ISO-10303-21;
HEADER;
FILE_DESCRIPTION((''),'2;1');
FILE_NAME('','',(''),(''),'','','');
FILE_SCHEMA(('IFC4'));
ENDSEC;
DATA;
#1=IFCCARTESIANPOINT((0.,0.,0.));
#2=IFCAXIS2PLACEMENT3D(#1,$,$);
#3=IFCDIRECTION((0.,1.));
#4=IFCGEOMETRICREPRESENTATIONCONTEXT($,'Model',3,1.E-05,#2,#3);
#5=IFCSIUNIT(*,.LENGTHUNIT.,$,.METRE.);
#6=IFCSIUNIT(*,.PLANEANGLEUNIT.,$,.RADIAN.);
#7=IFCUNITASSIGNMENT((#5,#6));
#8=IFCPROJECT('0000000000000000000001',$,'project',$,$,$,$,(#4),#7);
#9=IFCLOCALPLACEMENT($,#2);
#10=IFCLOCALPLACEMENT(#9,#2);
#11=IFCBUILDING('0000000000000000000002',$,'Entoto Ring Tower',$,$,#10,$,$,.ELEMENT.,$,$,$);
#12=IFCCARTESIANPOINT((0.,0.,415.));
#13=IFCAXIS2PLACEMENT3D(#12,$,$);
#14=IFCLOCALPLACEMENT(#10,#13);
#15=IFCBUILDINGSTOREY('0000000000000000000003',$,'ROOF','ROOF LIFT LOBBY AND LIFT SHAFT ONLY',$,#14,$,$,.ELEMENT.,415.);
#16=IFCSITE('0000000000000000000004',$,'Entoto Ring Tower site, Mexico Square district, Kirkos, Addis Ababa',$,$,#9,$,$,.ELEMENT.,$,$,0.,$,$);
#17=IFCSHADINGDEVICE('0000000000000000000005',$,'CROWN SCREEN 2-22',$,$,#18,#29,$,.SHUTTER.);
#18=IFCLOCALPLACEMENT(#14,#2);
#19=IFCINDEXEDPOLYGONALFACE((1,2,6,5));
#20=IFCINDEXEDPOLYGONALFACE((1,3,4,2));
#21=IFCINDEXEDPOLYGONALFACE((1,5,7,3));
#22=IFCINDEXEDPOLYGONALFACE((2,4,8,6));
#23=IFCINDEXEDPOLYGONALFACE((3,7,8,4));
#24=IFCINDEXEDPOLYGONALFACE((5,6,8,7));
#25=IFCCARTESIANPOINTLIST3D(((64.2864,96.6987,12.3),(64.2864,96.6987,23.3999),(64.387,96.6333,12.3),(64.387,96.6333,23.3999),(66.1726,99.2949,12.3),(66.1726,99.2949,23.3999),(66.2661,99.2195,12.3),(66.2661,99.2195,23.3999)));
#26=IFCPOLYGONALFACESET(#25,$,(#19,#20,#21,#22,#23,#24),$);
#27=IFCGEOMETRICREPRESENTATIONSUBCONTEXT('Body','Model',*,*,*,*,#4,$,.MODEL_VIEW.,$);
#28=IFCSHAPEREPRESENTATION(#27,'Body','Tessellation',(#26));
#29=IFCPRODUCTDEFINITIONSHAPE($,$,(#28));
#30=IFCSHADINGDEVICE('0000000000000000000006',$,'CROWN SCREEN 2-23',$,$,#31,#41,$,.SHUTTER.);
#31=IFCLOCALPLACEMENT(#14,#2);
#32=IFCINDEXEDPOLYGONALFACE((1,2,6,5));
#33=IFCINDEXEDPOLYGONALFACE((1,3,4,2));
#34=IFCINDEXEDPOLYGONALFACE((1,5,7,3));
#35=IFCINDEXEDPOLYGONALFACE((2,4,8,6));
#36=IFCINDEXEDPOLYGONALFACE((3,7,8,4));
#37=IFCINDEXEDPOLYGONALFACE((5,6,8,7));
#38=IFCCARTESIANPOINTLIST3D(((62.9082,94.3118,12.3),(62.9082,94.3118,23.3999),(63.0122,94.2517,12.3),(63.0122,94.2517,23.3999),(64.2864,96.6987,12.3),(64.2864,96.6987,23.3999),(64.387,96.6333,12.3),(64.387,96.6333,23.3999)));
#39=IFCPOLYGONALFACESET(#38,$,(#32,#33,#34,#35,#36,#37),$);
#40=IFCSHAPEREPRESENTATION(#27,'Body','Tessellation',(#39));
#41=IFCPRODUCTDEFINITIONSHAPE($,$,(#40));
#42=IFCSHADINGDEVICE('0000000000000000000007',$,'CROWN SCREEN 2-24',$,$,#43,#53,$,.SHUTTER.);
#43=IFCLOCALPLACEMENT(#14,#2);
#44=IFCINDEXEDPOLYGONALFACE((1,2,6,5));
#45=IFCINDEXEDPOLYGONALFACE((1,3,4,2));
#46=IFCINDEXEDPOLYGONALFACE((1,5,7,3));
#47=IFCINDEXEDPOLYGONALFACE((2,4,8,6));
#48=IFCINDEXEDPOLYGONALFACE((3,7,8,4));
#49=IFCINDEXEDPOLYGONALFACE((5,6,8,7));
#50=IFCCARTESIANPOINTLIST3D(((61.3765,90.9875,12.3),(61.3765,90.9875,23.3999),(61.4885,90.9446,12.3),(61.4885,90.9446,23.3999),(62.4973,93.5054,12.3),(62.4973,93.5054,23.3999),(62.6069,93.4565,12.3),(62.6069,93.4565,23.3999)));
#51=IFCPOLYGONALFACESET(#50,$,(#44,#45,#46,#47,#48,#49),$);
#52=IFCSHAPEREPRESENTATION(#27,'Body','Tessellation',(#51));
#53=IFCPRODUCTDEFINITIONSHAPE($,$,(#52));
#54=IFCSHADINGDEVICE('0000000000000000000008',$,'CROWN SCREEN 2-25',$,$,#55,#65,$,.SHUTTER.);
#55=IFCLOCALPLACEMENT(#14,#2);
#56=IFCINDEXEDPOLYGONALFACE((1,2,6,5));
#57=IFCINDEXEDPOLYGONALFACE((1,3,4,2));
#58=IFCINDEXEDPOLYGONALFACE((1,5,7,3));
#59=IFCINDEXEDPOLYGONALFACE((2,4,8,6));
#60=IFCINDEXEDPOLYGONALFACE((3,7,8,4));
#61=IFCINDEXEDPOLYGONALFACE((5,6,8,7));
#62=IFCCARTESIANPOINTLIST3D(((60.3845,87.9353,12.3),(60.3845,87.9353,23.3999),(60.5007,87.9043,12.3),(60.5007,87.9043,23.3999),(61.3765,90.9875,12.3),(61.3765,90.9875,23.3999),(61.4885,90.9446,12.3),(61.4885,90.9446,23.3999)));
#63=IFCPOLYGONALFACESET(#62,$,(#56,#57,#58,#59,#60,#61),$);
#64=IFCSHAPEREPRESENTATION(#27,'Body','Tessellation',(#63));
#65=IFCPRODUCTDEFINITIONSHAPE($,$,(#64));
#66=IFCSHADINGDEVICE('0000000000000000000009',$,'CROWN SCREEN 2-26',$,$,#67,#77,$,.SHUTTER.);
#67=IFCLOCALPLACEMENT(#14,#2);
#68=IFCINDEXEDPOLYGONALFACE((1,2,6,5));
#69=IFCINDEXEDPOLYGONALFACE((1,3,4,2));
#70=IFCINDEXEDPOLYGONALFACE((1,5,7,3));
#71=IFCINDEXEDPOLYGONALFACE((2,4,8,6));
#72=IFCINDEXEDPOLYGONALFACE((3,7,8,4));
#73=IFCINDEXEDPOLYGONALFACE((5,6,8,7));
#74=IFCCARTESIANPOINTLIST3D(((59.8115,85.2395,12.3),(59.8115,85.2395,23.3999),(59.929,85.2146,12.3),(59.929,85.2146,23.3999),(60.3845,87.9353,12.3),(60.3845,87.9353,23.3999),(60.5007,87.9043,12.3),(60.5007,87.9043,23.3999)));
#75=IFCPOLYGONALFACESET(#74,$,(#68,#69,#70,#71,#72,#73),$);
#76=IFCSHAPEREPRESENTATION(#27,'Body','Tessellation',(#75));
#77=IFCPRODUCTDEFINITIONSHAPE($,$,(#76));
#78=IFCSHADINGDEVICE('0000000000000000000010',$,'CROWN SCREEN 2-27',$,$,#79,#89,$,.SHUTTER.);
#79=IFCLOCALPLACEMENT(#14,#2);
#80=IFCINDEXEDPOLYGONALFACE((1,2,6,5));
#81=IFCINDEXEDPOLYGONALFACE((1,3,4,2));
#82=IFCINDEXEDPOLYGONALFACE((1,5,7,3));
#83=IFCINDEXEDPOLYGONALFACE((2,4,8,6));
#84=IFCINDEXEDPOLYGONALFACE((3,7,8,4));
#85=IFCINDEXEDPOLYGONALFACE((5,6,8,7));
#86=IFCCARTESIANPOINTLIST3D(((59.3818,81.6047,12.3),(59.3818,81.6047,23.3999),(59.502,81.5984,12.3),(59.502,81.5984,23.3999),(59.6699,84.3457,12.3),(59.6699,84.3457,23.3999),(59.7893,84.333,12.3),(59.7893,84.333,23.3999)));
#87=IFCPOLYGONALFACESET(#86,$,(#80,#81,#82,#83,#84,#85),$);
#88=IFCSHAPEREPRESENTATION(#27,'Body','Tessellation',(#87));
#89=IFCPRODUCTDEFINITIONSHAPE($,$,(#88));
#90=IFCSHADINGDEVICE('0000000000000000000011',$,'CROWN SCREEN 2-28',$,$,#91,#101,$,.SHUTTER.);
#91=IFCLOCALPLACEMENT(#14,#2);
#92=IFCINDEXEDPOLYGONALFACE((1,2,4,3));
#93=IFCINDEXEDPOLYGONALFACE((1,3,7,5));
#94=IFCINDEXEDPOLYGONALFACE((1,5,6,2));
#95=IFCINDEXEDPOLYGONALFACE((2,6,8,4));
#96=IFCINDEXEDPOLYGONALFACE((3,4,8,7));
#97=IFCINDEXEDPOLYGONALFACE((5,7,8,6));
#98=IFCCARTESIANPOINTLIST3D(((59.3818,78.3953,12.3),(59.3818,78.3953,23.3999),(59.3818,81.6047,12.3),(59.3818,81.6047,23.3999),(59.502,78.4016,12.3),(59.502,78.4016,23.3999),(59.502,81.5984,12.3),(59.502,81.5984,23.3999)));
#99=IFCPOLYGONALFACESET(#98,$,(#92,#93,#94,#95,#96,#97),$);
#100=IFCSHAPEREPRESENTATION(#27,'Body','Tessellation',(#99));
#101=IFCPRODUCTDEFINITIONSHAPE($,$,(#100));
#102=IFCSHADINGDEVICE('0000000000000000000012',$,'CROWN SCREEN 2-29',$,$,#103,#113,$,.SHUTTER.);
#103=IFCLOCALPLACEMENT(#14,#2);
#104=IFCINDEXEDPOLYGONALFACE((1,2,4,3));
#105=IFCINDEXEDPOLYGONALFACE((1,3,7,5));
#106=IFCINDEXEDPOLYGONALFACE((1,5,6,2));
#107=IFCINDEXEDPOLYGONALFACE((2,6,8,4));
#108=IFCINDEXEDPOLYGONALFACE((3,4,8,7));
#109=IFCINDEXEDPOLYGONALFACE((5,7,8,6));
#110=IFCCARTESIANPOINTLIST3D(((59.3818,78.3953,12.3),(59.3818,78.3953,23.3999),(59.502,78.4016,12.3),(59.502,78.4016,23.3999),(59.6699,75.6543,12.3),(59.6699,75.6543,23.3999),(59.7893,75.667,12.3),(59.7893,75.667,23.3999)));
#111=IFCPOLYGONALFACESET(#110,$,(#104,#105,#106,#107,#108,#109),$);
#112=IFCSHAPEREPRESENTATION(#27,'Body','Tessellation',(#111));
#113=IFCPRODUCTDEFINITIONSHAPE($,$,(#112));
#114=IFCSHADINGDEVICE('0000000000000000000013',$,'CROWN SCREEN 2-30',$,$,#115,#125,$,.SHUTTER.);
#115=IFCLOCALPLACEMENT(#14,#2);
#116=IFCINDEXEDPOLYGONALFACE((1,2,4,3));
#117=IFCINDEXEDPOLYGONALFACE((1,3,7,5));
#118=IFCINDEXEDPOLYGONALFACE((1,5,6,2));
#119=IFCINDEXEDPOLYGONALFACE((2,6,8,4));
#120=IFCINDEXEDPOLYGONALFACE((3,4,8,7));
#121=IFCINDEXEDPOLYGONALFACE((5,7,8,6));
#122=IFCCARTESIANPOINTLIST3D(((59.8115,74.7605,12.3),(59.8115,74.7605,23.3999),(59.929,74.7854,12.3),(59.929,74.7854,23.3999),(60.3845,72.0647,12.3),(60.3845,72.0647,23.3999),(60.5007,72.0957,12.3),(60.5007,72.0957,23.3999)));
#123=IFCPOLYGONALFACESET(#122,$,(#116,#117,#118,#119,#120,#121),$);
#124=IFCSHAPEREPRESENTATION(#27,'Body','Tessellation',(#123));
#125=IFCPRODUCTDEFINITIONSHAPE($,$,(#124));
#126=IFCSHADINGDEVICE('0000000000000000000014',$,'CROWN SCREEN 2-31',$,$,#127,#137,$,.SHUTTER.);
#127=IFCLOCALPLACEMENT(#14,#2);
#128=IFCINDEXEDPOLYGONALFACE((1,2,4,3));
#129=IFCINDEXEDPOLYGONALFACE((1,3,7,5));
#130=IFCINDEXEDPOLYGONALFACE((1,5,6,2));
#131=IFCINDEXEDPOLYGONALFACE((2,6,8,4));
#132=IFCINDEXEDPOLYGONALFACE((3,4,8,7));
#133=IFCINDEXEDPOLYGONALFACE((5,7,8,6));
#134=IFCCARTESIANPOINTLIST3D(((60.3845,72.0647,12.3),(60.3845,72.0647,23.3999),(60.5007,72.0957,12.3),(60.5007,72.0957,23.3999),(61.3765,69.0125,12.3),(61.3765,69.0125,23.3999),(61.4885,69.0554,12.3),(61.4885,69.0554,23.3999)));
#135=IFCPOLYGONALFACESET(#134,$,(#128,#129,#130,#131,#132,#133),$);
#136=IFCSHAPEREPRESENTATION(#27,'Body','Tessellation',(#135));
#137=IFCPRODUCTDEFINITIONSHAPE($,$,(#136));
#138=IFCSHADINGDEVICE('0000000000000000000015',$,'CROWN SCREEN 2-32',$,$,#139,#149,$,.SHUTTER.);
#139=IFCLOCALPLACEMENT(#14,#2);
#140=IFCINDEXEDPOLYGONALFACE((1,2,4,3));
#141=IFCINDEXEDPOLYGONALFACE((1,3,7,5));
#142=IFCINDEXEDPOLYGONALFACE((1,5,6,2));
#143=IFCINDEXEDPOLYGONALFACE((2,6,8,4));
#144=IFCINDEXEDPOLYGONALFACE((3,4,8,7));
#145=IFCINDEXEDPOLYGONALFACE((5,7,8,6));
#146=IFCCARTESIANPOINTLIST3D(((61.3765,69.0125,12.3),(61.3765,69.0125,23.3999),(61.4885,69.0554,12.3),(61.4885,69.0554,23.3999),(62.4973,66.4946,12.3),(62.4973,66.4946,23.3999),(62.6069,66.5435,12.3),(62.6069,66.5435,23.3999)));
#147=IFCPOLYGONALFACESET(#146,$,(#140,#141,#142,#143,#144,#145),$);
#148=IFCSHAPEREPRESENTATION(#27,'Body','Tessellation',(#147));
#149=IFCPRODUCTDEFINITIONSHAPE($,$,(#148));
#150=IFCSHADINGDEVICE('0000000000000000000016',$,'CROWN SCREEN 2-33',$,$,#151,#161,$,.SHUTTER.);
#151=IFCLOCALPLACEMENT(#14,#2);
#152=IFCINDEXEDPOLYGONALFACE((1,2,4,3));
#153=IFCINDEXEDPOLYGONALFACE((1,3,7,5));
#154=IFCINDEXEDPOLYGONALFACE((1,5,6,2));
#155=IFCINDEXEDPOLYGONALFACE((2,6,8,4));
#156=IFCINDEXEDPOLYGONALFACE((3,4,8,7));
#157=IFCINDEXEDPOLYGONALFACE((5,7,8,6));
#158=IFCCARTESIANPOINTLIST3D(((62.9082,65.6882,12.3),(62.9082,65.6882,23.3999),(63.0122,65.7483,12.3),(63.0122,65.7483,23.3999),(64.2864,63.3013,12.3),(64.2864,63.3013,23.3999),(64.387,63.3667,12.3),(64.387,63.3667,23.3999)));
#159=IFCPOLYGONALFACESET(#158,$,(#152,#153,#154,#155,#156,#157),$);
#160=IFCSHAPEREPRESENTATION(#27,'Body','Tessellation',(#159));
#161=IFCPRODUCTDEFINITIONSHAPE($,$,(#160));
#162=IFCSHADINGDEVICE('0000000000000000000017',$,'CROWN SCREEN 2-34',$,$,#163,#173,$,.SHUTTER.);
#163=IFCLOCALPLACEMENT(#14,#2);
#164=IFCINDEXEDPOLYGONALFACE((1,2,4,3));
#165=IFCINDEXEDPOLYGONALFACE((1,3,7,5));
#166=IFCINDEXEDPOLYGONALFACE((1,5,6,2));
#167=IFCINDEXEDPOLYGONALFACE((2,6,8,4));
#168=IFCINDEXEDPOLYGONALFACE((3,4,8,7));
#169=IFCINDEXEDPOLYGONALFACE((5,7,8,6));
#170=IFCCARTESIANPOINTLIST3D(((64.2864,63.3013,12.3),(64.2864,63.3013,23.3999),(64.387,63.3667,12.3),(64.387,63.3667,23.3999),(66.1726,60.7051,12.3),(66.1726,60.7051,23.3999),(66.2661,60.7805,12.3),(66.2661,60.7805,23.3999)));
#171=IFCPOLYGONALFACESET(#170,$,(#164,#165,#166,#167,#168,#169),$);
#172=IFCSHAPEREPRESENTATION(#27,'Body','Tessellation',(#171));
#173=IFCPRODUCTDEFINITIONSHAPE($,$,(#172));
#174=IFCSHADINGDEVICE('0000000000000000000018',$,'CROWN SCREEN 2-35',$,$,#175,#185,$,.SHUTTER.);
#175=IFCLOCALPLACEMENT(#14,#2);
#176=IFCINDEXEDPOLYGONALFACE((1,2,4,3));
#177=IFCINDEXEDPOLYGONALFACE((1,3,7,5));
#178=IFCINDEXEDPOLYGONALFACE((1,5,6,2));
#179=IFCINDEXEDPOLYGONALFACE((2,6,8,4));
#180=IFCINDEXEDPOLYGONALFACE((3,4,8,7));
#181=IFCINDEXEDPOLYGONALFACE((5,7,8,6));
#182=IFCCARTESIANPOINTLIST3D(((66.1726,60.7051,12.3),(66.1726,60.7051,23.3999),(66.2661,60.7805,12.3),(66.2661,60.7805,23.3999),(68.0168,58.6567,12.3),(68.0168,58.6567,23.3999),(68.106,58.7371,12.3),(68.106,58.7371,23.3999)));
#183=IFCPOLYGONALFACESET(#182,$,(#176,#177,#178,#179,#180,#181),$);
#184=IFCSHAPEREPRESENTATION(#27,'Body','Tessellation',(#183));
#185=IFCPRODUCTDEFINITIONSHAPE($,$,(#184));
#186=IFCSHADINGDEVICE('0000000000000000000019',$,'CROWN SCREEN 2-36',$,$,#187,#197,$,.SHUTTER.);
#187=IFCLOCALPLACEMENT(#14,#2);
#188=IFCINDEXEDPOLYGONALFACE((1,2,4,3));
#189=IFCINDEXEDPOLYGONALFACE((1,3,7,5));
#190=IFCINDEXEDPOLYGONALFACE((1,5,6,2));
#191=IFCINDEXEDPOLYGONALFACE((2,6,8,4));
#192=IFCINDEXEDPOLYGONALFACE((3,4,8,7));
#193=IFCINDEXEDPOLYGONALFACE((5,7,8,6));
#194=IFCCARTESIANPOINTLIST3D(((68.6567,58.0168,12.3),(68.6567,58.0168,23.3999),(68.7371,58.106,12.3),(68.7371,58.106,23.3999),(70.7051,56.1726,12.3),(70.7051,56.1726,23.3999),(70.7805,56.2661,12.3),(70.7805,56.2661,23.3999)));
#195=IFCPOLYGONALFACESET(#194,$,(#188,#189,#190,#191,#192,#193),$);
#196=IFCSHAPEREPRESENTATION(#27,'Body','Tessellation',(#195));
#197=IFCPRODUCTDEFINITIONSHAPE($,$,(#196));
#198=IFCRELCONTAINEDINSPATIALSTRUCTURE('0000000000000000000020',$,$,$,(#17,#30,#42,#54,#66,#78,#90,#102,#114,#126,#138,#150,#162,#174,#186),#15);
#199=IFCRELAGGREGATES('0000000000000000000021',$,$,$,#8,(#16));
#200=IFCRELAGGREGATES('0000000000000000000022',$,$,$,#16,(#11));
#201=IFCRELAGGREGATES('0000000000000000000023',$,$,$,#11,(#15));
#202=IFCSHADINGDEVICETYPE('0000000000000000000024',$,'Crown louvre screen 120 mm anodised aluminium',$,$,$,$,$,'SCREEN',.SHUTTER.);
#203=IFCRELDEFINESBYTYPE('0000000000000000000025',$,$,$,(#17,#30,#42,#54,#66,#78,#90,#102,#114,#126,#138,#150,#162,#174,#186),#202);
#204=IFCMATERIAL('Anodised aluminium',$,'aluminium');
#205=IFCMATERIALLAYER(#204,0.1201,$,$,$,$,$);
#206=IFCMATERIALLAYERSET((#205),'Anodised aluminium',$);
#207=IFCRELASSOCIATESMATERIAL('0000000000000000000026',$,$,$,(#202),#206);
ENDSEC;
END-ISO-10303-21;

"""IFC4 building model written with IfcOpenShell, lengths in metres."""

from ifc_helpers import new_model, si_unit, direction, frame, origin, place, context, subcontext, project, spatial, polyline, outline, extrude, material, layer, layer_set, type_object, element, save


model = new_model("IFC4")

# Units and contexts
model_context = context("Model", 3, precision=1e-05, world=origin(), true_north=direction((0.0, 1.0)))
body_context = subcontext(model_context, "Body", "Model", "MODEL_VIEW")
ifc_project = project(units=[si_unit("LENGTHUNIT", "METRE"), si_unit("PLANEANGLEUNIT", "RADIAN")], contexts=[model_context])

# Site, building, storey
site_placement = place(None, origin())
site = spatial("IfcSite", under=ifc_project, at=site_placement, Name="Entoto Ring Tower site, Mexico Square district, Kirkos, Addis Ababa", CompositionType="ELEMENT", RefElevation=0.0)
building_placement = place(site_placement, origin())
building = spatial("IfcBuilding", under=site, at=building_placement, Name="Entoto Ring Tower", CompositionType="ELEMENT")
storey_placement = place(building_placement, frame((0.0, 0.0, 415.0)))
storey = spatial("IfcBuildingStorey", under=building, at=storey_placement, Name="ROOF", Description="ROOF LIFT LOBBY AND LIFT SHAFT ONLY", CompositionType="ELEMENT", Elevation=415.0)

# Shading devices
ifc_material = material(Name="Anodised aluminium", Category="aluminium")
ifc_layer = layer(ifc_material, 0.1201)
ifc_layer_set = layer_set([ifc_layer], Name="Anodised aluminium")
shading_device_type = type_object("IfcShadingDeviceType", Name="Crown louvre screen 120 mm anodised aluminium", ElementType="SCREEN", PredefinedType="SHUTTER", material=ifc_layer_set)
shading_device_1_placement = place(storey_placement, frame((0.0, 0.0, 12.3)))
element("IfcShadingDevice", 1, at=shading_device_1_placement, inside=storey, type_object=shading_device_type, Name="CROWN SCREEN 2-22", PredefinedType="SHUTTER", context=body_context, shape_type="SweptSolid", body=[
    extrude(outline(polyline([(66.2661, 99.2195), (66.1726, 99.2949), (64.2864, 96.6987), (64.387, 96.6333), (66.2661, 99.2195)])), origin(), (0.0, 0.0, 1.0), 11.0999),
])
shading_device_2_placement = place(storey_placement, frame((0.0, 0.0, 12.3)))
element("IfcShadingDevice", 2, at=shading_device_2_placement, inside=storey, type_object=shading_device_type, Name="CROWN SCREEN 2-23", PredefinedType="SHUTTER", context=body_context, shape_type="SweptSolid", body=[
    extrude(outline(polyline([(64.387, 96.6333), (64.2864, 96.6987), (62.9082, 94.3118), (63.0122, 94.2517), (64.387, 96.6333)])), origin(), (0.0, 0.0, 1.0), 11.0999),
])
shading_device_3_placement = place(storey_placement, frame((0.0, 0.0, 12.3)))
element("IfcShadingDevice", 3, at=shading_device_3_placement, inside=storey, type_object=shading_device_type, Name="CROWN SCREEN 2-24", PredefinedType="SHUTTER", context=body_context, shape_type="SweptSolid", body=[
    extrude(outline(polyline([(62.6069, 93.4565), (62.4973, 93.5054), (61.3765, 90.9875), (61.4885, 90.9446), (62.6069, 93.4565)])), origin(), (0.0, 0.0, 1.0), 11.0999),
])
shading_device_4_placement = place(storey_placement, frame((0.0, 0.0, 12.3)))
element("IfcShadingDevice", 4, at=shading_device_4_placement, inside=storey, type_object=shading_device_type, Name="CROWN SCREEN 2-25", PredefinedType="SHUTTER", context=body_context, shape_type="SweptSolid", body=[
    extrude(outline(polyline([(61.4885, 90.9446), (61.3765, 90.9875), (60.3845, 87.9353), (60.5007, 87.9043), (61.4885, 90.9446)])), origin(), (0.0, 0.0, 1.0), 11.0999),
])
shading_device_5_placement = place(storey_placement, frame((0.0, 0.0, 12.3)))
element("IfcShadingDevice", 5, at=shading_device_5_placement, inside=storey, type_object=shading_device_type, Name="CROWN SCREEN 2-26", PredefinedType="SHUTTER", context=body_context, shape_type="SweptSolid", body=[
    extrude(outline(polyline([(60.5007, 87.9043), (60.3845, 87.9353), (59.8115, 85.2395), (59.929, 85.2146), (60.5007, 87.9043)])), origin(), (0.0, 0.0, 1.0), 11.0999),
])
shading_device_6_placement = place(storey_placement, frame((0.0, 0.0, 12.3)))
element("IfcShadingDevice", 6, at=shading_device_6_placement, inside=storey, type_object=shading_device_type, Name="CROWN SCREEN 2-27", PredefinedType="SHUTTER", context=body_context, shape_type="SweptSolid", body=[
    extrude(outline(polyline([(59.7893, 84.333), (59.6699, 84.3457), (59.3818, 81.6047), (59.502, 81.5984), (59.7893, 84.333)])), origin(), (0.0, 0.0, 1.0), 11.0999),
])
shading_device_7_placement = place(storey_placement, frame((0.0, 0.0, 12.3)))
element("IfcShadingDevice", 7, at=shading_device_7_placement, inside=storey, type_object=shading_device_type, Name="CROWN SCREEN 2-28", PredefinedType="SHUTTER", context=body_context, shape_type="SweptSolid", body=[
    extrude(outline(polyline([(59.502, 81.5984), (59.3818, 81.6047), (59.3818, 78.3953), (59.502, 78.4016), (59.502, 81.5984)])), origin(), (0.0, 0.0, 1.0), 11.0999),
])
shading_device_8_placement = place(storey_placement, frame((0.0, 0.0, 12.3)))
element("IfcShadingDevice", 8, at=shading_device_8_placement, inside=storey, type_object=shading_device_type, Name="CROWN SCREEN 2-29", PredefinedType="SHUTTER", context=body_context, shape_type="SweptSolid", body=[
    extrude(outline(polyline([(59.502, 78.4016), (59.3818, 78.3953), (59.6699, 75.6543), (59.7893, 75.667), (59.502, 78.4016)])), origin(), (0.0, 0.0, 1.0), 11.0999),
])
shading_device_9_placement = place(storey_placement, frame((0.0, 0.0, 12.3)))
element("IfcShadingDevice", 9, at=shading_device_9_placement, inside=storey, type_object=shading_device_type, Name="CROWN SCREEN 2-30", PredefinedType="SHUTTER", context=body_context, shape_type="SweptSolid", body=[
    extrude(outline(polyline([(59.929, 74.7854), (59.8115, 74.7605), (60.3845, 72.0647), (60.5007, 72.0957), (59.929, 74.7854)])), origin(), (0.0, 0.0, 1.0), 11.0999),
])
shading_device_10_placement = place(storey_placement, frame((0.0, 0.0, 12.3)))
element("IfcShadingDevice", 10, at=shading_device_10_placement, inside=storey, type_object=shading_device_type, Name="CROWN SCREEN 2-31", PredefinedType="SHUTTER", context=body_context, shape_type="SweptSolid", body=[
    extrude(outline(polyline([(60.5007, 72.0957), (60.3845, 72.0647), (61.3765, 69.0125), (61.4885, 69.0554), (60.5007, 72.0957)])), origin(), (0.0, 0.0, 1.0), 11.0999),
])
shading_device_11_placement = place(storey_placement, frame((0.0, 0.0, 12.3)))
element("IfcShadingDevice", 11, at=shading_device_11_placement, inside=storey, type_object=shading_device_type, Name="CROWN SCREEN 2-32", PredefinedType="SHUTTER", context=body_context, shape_type="SweptSolid", body=[
    extrude(outline(polyline([(61.4885, 69.0554), (61.3765, 69.0125), (62.4973, 66.4946), (62.6069, 66.5435), (61.4885, 69.0554)])), origin(), (0.0, 0.0, 1.0), 11.0999),
])
shading_device_12_placement = place(storey_placement, frame((0.0, 0.0, 12.3)))
element("IfcShadingDevice", 12, at=shading_device_12_placement, inside=storey, type_object=shading_device_type, Name="CROWN SCREEN 2-33", PredefinedType="SHUTTER", context=body_context, shape_type="SweptSolid", body=[
    extrude(outline(polyline([(63.0122, 65.7483), (62.9082, 65.6882), (64.2864, 63.3013), (64.387, 63.3667), (63.0122, 65.7483)])), origin(), (0.0, 0.0, 1.0), 11.0999),
])
shading_device_13_placement = place(storey_placement, frame((0.0, 0.0, 12.3)))
element("IfcShadingDevice", 13, at=shading_device_13_placement, inside=storey, type_object=shading_device_type, Name="CROWN SCREEN 2-34", PredefinedType="SHUTTER", context=body_context, shape_type="SweptSolid", body=[
    extrude(outline(polyline([(64.387, 63.3667), (64.2864, 63.3013), (66.1726, 60.7051), (66.2661, 60.7805), (64.387, 63.3667)])), origin(), (0.0, 0.0, 1.0), 11.0999),
])
shading_device_14_placement = place(storey_placement, frame((0.0, 0.0, 12.3)))
element("IfcShadingDevice", 14, at=shading_device_14_placement, inside=storey, type_object=shading_device_type, Name="CROWN SCREEN 2-35", PredefinedType="SHUTTER", context=body_context, shape_type="SweptSolid", body=[
    extrude(outline(polyline([(66.2661, 60.7805), (66.1726, 60.7051), (68.0168, 58.6567), (68.106, 58.7371), (66.2661, 60.7805)])), origin(), (0.0, 0.0, 1.0), 11.0999),
])
shading_device_15_placement = place(storey_placement, frame((0.0, 0.0, 12.3)))
element("IfcShadingDevice", 15, at=shading_device_15_placement, inside=storey, type_object=shading_device_type, Name="CROWN SCREEN 2-36", PredefinedType="SHUTTER", context=body_context, shape_type="SweptSolid", body=[
    extrude(outline(polyline([(68.7371, 58.106), (68.6567, 58.0168), (70.7051, 56.1726), (70.7805, 56.2661), (68.7371, 58.106)])), origin(), (0.0, 0.0, 1.0), 11.0999),
])

save(model, "model.ifc")
